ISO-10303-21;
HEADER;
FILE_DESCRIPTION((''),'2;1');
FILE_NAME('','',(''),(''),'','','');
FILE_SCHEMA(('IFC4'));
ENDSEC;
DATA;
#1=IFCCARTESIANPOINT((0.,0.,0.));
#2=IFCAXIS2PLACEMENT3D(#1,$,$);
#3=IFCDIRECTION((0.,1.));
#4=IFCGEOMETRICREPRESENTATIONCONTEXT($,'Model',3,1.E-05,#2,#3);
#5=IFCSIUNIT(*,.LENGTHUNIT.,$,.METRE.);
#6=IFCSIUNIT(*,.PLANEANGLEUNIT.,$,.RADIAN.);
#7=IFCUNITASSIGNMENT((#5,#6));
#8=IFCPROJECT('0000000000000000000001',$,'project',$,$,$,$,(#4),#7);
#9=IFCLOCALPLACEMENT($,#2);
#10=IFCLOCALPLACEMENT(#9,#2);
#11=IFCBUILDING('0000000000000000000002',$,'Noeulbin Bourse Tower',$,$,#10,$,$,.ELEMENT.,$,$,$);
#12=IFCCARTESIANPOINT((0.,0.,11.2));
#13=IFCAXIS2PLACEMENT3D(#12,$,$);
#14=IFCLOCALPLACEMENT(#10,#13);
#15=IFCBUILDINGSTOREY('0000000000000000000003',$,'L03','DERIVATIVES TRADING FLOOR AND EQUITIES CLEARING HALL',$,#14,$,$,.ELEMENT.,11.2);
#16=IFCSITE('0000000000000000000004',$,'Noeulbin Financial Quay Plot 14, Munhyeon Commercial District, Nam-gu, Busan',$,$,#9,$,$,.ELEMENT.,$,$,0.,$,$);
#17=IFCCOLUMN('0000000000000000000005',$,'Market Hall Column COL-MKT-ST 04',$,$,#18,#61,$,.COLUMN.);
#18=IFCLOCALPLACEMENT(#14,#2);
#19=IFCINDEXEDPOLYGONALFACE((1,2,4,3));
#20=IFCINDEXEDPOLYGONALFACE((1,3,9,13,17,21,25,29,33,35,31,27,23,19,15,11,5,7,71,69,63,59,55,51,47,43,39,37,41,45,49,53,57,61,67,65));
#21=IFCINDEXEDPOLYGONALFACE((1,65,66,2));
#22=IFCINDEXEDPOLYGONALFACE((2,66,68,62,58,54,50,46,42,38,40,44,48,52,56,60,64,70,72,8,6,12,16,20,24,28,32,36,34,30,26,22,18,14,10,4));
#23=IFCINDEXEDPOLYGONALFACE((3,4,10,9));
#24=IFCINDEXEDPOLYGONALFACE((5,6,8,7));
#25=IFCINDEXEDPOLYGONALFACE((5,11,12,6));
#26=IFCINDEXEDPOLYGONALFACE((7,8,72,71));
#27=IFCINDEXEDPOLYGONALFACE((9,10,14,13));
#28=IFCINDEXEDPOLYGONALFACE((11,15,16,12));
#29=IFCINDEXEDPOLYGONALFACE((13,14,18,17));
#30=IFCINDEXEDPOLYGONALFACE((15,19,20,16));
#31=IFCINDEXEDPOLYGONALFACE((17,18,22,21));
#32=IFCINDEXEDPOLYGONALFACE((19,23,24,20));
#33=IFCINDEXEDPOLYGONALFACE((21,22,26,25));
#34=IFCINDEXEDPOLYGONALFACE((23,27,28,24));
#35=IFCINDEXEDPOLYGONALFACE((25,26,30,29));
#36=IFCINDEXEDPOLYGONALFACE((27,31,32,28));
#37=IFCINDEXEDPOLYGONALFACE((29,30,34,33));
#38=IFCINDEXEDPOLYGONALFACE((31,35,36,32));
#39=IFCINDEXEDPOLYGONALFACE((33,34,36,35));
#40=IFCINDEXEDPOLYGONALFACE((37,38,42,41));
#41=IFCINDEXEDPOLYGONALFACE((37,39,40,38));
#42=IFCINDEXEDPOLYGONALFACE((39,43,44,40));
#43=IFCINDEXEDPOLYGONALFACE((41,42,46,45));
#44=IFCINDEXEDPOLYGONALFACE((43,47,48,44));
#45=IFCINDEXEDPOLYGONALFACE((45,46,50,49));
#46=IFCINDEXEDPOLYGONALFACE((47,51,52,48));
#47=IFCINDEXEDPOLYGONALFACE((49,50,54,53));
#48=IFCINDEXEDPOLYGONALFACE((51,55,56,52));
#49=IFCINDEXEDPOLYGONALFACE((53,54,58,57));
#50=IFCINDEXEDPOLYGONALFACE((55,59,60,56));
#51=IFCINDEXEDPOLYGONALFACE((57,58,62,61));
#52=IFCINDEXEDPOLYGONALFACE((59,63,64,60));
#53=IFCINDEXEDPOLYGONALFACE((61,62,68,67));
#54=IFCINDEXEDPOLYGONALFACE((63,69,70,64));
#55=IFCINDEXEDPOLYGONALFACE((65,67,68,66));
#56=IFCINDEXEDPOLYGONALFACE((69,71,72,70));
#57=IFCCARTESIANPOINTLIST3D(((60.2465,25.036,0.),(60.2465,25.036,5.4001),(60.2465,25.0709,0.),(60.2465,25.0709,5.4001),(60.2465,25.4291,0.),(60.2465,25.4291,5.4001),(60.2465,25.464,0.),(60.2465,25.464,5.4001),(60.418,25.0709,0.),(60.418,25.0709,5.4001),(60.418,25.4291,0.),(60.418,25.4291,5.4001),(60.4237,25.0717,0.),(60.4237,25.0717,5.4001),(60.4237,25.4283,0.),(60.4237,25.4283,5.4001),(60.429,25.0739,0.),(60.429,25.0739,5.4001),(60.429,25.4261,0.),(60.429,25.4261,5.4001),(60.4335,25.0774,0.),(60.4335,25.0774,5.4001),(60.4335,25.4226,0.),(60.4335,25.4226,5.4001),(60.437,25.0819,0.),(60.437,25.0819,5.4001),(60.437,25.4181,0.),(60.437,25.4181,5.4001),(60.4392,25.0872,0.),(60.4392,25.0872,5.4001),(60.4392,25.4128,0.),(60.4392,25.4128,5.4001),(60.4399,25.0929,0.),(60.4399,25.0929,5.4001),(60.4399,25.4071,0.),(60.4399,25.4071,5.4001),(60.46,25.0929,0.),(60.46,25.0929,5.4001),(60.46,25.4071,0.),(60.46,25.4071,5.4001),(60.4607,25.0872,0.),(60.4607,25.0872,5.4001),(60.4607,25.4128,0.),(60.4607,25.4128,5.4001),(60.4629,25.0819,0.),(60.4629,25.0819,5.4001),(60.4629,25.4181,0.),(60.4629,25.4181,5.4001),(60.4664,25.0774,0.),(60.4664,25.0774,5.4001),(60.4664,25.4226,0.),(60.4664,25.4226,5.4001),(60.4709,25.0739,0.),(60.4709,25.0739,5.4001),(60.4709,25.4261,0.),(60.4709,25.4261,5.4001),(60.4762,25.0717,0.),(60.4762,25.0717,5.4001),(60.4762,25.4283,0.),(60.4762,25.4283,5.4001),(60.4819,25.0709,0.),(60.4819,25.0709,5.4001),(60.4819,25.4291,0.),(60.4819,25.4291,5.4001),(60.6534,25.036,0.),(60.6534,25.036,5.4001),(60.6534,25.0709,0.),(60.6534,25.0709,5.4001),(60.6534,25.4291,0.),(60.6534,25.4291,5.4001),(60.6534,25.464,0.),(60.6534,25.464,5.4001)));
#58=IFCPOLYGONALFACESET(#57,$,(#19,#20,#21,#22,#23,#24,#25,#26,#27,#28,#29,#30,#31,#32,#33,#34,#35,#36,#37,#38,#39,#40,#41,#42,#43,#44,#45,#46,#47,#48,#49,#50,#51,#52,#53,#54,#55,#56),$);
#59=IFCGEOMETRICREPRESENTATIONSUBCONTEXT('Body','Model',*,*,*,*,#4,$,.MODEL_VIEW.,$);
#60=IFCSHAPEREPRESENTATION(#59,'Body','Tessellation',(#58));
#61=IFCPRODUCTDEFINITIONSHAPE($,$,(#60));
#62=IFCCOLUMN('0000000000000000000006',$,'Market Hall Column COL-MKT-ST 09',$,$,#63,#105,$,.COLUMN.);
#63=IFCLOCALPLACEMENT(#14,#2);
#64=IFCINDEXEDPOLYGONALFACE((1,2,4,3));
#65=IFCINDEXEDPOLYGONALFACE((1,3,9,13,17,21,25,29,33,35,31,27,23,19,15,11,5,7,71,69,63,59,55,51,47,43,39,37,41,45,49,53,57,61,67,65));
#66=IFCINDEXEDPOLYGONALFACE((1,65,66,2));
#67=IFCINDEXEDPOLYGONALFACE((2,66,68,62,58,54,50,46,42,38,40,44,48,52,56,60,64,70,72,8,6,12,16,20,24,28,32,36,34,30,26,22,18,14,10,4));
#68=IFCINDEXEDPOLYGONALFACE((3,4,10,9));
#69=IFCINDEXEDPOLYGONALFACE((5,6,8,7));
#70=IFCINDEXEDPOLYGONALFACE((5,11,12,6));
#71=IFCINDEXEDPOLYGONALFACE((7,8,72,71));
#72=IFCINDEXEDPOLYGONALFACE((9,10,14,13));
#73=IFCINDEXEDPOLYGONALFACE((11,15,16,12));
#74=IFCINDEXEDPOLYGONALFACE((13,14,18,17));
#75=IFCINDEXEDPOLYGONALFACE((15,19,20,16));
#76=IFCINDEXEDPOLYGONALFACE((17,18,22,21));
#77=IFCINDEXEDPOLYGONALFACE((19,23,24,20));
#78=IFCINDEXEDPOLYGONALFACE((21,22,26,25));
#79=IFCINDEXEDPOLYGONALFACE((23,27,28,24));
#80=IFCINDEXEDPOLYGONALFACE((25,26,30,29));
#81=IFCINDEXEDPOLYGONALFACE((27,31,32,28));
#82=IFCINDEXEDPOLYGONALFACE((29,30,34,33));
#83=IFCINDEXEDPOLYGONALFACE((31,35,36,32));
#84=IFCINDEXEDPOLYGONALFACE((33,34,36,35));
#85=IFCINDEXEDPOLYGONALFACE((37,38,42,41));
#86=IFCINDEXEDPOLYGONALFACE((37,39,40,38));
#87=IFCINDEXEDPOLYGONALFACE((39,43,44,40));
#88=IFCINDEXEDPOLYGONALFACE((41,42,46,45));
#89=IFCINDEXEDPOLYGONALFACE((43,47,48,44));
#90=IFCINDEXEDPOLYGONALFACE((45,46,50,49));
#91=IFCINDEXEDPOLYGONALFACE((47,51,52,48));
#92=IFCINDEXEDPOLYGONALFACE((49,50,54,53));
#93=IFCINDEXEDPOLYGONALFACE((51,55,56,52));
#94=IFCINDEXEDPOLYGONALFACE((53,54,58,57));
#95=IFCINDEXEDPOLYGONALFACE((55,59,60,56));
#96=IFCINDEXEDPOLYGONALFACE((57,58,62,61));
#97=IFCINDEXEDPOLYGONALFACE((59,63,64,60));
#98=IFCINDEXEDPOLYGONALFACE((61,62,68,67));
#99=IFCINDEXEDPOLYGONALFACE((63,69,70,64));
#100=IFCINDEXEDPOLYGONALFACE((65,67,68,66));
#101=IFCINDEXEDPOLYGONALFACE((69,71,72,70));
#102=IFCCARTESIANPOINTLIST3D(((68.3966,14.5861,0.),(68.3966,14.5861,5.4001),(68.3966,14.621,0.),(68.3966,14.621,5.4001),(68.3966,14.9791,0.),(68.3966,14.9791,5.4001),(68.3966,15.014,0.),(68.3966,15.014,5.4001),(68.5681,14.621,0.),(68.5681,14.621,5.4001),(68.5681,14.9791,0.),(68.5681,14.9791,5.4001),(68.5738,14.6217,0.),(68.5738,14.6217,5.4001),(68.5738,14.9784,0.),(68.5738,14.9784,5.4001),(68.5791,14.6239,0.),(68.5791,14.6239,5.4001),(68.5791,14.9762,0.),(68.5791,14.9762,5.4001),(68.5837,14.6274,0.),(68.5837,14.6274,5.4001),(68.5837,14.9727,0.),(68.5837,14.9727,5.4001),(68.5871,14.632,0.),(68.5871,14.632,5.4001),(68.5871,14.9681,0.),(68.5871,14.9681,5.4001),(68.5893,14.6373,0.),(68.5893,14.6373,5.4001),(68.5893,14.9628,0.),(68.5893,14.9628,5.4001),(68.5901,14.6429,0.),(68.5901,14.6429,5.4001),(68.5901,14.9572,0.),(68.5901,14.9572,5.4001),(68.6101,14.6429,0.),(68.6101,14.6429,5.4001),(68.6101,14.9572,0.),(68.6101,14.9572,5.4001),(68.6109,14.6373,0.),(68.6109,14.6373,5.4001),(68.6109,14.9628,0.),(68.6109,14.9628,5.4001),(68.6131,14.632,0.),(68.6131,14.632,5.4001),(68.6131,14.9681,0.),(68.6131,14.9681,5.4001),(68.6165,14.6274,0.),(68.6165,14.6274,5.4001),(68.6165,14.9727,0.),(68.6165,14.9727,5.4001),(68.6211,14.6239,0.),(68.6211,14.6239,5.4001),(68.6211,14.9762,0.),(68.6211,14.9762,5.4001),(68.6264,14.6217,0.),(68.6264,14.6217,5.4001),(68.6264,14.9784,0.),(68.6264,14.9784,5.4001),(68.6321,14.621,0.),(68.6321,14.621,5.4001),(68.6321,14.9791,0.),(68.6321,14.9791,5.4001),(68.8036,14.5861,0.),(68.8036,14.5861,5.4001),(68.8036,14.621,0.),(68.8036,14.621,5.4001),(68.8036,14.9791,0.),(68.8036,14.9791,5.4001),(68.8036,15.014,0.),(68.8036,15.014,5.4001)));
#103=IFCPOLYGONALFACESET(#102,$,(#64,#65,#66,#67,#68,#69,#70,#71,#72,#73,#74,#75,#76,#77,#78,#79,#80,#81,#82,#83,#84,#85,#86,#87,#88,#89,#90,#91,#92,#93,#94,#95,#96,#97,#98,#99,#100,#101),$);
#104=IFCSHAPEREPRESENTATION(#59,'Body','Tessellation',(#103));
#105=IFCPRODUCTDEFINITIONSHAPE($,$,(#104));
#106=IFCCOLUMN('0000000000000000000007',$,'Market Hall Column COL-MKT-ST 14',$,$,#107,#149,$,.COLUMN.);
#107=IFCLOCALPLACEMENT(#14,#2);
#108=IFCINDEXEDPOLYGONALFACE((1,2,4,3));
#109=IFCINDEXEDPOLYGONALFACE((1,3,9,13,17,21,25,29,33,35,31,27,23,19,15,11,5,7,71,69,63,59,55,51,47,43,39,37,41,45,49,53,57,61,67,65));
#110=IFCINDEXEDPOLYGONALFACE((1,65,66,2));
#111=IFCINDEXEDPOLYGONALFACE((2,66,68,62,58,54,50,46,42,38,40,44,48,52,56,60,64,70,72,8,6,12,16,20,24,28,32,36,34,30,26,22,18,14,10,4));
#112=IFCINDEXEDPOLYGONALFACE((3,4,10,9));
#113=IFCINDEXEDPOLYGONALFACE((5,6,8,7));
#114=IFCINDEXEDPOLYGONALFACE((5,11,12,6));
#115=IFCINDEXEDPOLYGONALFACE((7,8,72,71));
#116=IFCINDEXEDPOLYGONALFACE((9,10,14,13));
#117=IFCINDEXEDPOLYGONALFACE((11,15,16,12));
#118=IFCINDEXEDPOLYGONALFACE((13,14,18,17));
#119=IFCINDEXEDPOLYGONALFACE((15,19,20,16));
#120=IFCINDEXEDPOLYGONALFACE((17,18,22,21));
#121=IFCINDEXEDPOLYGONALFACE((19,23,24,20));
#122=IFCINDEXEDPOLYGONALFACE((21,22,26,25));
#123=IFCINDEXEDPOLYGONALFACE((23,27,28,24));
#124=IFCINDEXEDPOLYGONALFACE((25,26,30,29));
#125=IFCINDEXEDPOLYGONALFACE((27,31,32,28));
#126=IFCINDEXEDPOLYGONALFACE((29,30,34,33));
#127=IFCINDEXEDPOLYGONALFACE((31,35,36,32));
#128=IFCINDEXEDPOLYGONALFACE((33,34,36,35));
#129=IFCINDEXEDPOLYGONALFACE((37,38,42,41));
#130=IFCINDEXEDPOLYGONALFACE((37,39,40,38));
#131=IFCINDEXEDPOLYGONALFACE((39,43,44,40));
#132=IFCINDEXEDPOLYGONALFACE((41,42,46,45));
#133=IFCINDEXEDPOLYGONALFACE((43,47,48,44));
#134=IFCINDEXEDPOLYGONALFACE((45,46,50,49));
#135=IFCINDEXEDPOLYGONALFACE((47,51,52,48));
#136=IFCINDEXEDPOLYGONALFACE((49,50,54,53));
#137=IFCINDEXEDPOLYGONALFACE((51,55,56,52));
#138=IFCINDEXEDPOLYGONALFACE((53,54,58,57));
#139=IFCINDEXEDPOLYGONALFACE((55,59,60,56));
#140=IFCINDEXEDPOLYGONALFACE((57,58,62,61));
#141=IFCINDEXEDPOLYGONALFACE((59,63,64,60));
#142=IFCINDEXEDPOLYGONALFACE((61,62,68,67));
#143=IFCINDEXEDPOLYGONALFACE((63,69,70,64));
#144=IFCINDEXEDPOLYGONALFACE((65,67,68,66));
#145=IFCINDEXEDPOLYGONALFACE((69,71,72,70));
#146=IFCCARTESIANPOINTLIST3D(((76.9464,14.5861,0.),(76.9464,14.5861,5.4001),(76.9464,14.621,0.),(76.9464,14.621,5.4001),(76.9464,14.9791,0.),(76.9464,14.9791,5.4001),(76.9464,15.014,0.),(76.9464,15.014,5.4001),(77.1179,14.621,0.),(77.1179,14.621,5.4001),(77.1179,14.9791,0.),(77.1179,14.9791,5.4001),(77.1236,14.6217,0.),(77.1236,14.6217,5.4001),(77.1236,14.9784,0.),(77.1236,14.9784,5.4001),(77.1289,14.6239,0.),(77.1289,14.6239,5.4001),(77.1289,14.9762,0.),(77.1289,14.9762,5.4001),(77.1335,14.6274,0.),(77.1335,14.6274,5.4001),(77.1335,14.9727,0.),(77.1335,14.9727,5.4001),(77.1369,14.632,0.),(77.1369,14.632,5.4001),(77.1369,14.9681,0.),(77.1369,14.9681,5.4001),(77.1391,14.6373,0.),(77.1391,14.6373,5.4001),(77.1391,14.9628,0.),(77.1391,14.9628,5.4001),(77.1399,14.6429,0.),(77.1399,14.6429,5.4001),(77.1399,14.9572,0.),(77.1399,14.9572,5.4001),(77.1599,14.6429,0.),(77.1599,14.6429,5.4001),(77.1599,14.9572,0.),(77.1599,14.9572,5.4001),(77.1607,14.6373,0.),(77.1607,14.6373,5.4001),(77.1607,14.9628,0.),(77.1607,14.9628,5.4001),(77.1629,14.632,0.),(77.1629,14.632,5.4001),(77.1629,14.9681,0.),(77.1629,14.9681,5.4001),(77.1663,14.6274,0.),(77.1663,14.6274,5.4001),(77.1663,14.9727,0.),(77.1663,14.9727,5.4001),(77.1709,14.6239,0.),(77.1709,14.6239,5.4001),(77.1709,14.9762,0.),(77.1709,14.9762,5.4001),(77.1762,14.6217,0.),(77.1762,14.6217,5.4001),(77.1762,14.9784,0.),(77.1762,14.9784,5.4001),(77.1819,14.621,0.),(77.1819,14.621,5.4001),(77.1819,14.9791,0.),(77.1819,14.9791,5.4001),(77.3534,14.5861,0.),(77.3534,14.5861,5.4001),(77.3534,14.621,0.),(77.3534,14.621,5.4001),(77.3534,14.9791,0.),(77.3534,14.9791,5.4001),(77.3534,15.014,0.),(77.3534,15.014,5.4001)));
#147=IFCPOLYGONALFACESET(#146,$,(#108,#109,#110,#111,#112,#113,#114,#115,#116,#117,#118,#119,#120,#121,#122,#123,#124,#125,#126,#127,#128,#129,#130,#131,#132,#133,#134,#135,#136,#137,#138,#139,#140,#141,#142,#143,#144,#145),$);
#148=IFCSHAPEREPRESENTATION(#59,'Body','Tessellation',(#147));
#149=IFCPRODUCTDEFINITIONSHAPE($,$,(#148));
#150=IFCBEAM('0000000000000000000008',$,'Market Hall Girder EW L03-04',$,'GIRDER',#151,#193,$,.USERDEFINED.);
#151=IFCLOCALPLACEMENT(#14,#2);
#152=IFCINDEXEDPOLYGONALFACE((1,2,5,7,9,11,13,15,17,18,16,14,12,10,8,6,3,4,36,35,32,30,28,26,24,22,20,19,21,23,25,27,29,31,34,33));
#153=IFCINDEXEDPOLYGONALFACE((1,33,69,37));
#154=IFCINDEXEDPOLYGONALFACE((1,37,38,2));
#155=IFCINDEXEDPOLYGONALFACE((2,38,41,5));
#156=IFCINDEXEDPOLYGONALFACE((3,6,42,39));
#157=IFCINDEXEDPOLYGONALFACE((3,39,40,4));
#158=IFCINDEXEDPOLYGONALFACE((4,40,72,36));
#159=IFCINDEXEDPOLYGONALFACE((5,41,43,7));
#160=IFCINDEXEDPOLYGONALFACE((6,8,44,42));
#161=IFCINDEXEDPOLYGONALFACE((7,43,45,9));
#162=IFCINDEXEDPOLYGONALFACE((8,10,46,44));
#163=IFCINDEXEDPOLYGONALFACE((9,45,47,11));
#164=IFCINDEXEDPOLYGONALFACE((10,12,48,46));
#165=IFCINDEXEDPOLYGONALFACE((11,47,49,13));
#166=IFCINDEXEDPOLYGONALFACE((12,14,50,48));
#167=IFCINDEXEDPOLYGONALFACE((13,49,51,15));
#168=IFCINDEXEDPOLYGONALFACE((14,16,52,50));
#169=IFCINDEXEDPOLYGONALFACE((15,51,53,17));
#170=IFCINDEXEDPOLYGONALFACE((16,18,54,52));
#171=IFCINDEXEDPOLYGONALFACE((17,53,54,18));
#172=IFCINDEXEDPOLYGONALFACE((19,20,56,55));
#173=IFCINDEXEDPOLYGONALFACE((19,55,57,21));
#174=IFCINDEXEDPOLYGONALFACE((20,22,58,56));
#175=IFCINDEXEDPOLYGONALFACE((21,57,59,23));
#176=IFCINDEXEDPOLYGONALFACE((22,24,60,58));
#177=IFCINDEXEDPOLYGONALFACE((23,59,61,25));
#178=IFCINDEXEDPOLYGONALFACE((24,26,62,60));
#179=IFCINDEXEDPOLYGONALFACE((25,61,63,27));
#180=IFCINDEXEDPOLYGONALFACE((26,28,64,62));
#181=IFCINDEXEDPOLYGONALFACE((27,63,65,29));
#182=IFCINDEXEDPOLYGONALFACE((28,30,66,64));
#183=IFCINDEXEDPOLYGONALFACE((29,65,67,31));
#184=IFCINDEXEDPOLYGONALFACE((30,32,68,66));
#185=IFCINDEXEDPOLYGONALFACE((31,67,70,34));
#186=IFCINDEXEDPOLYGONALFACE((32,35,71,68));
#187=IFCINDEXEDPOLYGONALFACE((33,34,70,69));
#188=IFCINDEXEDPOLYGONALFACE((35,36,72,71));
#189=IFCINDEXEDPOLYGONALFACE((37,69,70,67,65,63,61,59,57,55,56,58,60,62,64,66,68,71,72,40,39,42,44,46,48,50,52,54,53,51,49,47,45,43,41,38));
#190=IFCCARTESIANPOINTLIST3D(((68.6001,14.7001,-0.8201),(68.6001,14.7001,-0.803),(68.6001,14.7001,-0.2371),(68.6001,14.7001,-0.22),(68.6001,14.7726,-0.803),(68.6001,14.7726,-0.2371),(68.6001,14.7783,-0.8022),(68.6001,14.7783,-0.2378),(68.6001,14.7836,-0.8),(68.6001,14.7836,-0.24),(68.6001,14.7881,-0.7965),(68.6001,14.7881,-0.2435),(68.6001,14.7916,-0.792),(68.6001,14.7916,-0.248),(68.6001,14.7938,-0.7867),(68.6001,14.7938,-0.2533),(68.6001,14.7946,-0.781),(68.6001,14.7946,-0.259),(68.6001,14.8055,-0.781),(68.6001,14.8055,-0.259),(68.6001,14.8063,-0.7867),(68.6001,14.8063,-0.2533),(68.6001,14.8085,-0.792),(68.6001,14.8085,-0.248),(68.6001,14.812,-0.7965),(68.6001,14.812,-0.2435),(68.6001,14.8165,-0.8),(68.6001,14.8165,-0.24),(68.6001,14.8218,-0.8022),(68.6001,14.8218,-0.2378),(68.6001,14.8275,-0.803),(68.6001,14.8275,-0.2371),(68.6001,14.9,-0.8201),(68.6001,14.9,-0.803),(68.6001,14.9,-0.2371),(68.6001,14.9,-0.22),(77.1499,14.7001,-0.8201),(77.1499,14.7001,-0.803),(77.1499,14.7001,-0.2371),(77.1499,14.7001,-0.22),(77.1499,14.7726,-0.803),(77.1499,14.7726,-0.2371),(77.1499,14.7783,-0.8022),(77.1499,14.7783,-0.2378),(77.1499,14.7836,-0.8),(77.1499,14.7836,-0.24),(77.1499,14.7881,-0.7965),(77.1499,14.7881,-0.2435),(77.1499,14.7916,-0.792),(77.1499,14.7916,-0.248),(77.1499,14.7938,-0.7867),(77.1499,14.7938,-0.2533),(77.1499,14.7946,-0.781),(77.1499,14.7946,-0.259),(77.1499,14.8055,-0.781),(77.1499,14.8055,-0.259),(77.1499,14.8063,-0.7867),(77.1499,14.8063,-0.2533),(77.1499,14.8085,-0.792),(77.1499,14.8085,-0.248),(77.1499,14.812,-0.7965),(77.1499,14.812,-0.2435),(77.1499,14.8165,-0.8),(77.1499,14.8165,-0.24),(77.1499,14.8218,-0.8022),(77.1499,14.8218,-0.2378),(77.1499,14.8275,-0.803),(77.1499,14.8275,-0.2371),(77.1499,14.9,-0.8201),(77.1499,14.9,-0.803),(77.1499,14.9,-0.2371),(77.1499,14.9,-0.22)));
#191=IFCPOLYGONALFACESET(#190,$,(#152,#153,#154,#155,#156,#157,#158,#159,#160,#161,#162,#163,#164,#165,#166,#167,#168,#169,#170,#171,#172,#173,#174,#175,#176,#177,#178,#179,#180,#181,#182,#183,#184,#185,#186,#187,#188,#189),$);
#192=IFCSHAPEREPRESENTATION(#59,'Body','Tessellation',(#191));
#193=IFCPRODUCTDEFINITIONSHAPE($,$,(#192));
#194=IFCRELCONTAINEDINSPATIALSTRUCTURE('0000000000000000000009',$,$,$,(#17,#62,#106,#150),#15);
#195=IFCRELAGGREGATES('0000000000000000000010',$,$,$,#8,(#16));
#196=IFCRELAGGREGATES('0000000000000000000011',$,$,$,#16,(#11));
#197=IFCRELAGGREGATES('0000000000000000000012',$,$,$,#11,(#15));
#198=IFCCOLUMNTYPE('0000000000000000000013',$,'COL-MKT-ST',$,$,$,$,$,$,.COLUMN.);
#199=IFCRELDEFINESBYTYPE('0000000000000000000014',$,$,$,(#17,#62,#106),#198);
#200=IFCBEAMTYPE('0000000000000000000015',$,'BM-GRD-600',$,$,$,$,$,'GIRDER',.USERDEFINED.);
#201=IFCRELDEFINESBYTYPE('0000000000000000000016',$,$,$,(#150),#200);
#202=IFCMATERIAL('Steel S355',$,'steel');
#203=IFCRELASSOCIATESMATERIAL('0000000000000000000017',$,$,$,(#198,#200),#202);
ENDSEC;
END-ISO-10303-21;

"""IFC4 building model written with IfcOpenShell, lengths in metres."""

from ifc_helpers import new_model, si_unit, direction, frame, origin, origin_2d, place, context, subcontext, project, spatial, i_section, extrude, material, material_profile, profile_set, type_object, element, save


model = new_model("IFC4")

# Units and contexts
model_context = context("Model", 3, precision=1e-05, world=origin(), true_north=direction((0.0, 1.0)))
body_context = subcontext(model_context, "Body", "Model", "MODEL_VIEW")
ifc_project = project(units=[si_unit("LENGTHUNIT", "METRE"), si_unit("PLANEANGLEUNIT", "RADIAN")], contexts=[model_context])

# Site, building, storey
site_placement = place(None, origin())
site = spatial("IfcSite", under=ifc_project, at=site_placement, Name="Noeulbin Financial Quay Plot 14, Munhyeon Commercial District, Nam-gu, Busan", CompositionType="ELEMENT", RefElevation=0.0)
building_placement = place(site_placement, origin())
building = spatial("IfcBuilding", under=site, at=building_placement, Name="Noeulbin Bourse Tower", CompositionType="ELEMENT")
storey_placement = place(building_placement, frame((0.0, 0.0, 11.2)))
storey = spatial("IfcBuildingStorey", under=building, at=storey_placement, Name="L03", Description="DERIVATIVES TRADING FLOOR AND EQUITIES CLEARING HALL", CompositionType="ELEMENT", Elevation=11.2)

# Columns
ifc_material_1 = material(Name="Steel S355", Category="steel")
ifc_material_profile_1 = material_profile(ifc_material_1, i_section(OverallWidth=0.407, OverallDepth=0.428, WebThickness=0.02, FlangeThickness=0.0349, FilletRadius=0.022, at=origin_2d()), Name="H-428x407x20x35", Category="LoadBearing")
ifc_profile_set_1 = profile_set([ifc_material_profile_1], Name="Steel S355")
column_type = type_object("IfcColumnType", Name="COL-MKT-ST", PredefinedType="COLUMN", material=ifc_profile_set_1)
for number, where, z_axis, x_axis, name in (
    (1, (60.45, 25.25, 0.0), (0.0, 0.0, 1.0), (1.0, 0.0, 0.0), "Market Hall Column COL-MKT-ST 04"),
    (2, (68.6001, 14.8, 0.0), (0.0, 0.0, 1.0), (1.0, 0.0, 0.0), "Market Hall Column COL-MKT-ST 09"),
    (3, (77.1499, 14.8, 0.0), (0.0, 0.0, 1.0), (1.0, 0.0, 0.0), "Market Hall Column COL-MKT-ST 14"),
):
    element("IfcColumn", number, at=place(storey_placement, frame(where, z_axis=z_axis, x_axis=x_axis)), inside=storey, type_object=column_type, Name=name, PredefinedType="COLUMN", context=body_context, shape_type="SweptSolid", body=[
        extrude(i_section(OverallWidth=0.407, OverallDepth=0.428, WebThickness=0.02, FlangeThickness=0.0349, FilletRadius=0.022, at=origin_2d()), origin(), (0.0, 0.0, 1.0), 5.4001),
    ])

# Beam
ifc_material_profile_2 = material_profile(ifc_material_1, i_section(OverallWidth=0.2, OverallDepth=0.6001, WebThickness=0.011, FlangeThickness=0.0171, FilletRadius=0.022, at=origin_2d()), Name="H-600x200x11x17", Category="LoadBearing")
ifc_profile_set_2 = profile_set([ifc_material_profile_2], Name="Steel S355")
beam_type_1 = type_object("IfcBeamType", Name="BM-GRD-600", ElementType="GIRDER", PredefinedType="USERDEFINED", material=ifc_profile_set_2)
beam_placement = place(storey_placement, frame((68.6001, 14.8, -0.52), z_axis=(1.0, 0.0, 0.0), x_axis=(0.0, 1.0, 0.0)))
element("IfcBeam", 4, at=beam_placement, inside=storey, type_object=beam_type_1, Name="Market Hall Girder EW L03-04", ObjectType="GIRDER", PredefinedType="USERDEFINED", context=body_context, shape_type="SweptSolid", body=[
    extrude(i_section(OverallWidth=0.2, OverallDepth=0.6001, WebThickness=0.011, FlangeThickness=0.0171, FilletRadius=0.022, at=origin_2d()), origin(), (0.0, 0.0, 1.0), 8.5498),
])

save(model, "model.ifc")
